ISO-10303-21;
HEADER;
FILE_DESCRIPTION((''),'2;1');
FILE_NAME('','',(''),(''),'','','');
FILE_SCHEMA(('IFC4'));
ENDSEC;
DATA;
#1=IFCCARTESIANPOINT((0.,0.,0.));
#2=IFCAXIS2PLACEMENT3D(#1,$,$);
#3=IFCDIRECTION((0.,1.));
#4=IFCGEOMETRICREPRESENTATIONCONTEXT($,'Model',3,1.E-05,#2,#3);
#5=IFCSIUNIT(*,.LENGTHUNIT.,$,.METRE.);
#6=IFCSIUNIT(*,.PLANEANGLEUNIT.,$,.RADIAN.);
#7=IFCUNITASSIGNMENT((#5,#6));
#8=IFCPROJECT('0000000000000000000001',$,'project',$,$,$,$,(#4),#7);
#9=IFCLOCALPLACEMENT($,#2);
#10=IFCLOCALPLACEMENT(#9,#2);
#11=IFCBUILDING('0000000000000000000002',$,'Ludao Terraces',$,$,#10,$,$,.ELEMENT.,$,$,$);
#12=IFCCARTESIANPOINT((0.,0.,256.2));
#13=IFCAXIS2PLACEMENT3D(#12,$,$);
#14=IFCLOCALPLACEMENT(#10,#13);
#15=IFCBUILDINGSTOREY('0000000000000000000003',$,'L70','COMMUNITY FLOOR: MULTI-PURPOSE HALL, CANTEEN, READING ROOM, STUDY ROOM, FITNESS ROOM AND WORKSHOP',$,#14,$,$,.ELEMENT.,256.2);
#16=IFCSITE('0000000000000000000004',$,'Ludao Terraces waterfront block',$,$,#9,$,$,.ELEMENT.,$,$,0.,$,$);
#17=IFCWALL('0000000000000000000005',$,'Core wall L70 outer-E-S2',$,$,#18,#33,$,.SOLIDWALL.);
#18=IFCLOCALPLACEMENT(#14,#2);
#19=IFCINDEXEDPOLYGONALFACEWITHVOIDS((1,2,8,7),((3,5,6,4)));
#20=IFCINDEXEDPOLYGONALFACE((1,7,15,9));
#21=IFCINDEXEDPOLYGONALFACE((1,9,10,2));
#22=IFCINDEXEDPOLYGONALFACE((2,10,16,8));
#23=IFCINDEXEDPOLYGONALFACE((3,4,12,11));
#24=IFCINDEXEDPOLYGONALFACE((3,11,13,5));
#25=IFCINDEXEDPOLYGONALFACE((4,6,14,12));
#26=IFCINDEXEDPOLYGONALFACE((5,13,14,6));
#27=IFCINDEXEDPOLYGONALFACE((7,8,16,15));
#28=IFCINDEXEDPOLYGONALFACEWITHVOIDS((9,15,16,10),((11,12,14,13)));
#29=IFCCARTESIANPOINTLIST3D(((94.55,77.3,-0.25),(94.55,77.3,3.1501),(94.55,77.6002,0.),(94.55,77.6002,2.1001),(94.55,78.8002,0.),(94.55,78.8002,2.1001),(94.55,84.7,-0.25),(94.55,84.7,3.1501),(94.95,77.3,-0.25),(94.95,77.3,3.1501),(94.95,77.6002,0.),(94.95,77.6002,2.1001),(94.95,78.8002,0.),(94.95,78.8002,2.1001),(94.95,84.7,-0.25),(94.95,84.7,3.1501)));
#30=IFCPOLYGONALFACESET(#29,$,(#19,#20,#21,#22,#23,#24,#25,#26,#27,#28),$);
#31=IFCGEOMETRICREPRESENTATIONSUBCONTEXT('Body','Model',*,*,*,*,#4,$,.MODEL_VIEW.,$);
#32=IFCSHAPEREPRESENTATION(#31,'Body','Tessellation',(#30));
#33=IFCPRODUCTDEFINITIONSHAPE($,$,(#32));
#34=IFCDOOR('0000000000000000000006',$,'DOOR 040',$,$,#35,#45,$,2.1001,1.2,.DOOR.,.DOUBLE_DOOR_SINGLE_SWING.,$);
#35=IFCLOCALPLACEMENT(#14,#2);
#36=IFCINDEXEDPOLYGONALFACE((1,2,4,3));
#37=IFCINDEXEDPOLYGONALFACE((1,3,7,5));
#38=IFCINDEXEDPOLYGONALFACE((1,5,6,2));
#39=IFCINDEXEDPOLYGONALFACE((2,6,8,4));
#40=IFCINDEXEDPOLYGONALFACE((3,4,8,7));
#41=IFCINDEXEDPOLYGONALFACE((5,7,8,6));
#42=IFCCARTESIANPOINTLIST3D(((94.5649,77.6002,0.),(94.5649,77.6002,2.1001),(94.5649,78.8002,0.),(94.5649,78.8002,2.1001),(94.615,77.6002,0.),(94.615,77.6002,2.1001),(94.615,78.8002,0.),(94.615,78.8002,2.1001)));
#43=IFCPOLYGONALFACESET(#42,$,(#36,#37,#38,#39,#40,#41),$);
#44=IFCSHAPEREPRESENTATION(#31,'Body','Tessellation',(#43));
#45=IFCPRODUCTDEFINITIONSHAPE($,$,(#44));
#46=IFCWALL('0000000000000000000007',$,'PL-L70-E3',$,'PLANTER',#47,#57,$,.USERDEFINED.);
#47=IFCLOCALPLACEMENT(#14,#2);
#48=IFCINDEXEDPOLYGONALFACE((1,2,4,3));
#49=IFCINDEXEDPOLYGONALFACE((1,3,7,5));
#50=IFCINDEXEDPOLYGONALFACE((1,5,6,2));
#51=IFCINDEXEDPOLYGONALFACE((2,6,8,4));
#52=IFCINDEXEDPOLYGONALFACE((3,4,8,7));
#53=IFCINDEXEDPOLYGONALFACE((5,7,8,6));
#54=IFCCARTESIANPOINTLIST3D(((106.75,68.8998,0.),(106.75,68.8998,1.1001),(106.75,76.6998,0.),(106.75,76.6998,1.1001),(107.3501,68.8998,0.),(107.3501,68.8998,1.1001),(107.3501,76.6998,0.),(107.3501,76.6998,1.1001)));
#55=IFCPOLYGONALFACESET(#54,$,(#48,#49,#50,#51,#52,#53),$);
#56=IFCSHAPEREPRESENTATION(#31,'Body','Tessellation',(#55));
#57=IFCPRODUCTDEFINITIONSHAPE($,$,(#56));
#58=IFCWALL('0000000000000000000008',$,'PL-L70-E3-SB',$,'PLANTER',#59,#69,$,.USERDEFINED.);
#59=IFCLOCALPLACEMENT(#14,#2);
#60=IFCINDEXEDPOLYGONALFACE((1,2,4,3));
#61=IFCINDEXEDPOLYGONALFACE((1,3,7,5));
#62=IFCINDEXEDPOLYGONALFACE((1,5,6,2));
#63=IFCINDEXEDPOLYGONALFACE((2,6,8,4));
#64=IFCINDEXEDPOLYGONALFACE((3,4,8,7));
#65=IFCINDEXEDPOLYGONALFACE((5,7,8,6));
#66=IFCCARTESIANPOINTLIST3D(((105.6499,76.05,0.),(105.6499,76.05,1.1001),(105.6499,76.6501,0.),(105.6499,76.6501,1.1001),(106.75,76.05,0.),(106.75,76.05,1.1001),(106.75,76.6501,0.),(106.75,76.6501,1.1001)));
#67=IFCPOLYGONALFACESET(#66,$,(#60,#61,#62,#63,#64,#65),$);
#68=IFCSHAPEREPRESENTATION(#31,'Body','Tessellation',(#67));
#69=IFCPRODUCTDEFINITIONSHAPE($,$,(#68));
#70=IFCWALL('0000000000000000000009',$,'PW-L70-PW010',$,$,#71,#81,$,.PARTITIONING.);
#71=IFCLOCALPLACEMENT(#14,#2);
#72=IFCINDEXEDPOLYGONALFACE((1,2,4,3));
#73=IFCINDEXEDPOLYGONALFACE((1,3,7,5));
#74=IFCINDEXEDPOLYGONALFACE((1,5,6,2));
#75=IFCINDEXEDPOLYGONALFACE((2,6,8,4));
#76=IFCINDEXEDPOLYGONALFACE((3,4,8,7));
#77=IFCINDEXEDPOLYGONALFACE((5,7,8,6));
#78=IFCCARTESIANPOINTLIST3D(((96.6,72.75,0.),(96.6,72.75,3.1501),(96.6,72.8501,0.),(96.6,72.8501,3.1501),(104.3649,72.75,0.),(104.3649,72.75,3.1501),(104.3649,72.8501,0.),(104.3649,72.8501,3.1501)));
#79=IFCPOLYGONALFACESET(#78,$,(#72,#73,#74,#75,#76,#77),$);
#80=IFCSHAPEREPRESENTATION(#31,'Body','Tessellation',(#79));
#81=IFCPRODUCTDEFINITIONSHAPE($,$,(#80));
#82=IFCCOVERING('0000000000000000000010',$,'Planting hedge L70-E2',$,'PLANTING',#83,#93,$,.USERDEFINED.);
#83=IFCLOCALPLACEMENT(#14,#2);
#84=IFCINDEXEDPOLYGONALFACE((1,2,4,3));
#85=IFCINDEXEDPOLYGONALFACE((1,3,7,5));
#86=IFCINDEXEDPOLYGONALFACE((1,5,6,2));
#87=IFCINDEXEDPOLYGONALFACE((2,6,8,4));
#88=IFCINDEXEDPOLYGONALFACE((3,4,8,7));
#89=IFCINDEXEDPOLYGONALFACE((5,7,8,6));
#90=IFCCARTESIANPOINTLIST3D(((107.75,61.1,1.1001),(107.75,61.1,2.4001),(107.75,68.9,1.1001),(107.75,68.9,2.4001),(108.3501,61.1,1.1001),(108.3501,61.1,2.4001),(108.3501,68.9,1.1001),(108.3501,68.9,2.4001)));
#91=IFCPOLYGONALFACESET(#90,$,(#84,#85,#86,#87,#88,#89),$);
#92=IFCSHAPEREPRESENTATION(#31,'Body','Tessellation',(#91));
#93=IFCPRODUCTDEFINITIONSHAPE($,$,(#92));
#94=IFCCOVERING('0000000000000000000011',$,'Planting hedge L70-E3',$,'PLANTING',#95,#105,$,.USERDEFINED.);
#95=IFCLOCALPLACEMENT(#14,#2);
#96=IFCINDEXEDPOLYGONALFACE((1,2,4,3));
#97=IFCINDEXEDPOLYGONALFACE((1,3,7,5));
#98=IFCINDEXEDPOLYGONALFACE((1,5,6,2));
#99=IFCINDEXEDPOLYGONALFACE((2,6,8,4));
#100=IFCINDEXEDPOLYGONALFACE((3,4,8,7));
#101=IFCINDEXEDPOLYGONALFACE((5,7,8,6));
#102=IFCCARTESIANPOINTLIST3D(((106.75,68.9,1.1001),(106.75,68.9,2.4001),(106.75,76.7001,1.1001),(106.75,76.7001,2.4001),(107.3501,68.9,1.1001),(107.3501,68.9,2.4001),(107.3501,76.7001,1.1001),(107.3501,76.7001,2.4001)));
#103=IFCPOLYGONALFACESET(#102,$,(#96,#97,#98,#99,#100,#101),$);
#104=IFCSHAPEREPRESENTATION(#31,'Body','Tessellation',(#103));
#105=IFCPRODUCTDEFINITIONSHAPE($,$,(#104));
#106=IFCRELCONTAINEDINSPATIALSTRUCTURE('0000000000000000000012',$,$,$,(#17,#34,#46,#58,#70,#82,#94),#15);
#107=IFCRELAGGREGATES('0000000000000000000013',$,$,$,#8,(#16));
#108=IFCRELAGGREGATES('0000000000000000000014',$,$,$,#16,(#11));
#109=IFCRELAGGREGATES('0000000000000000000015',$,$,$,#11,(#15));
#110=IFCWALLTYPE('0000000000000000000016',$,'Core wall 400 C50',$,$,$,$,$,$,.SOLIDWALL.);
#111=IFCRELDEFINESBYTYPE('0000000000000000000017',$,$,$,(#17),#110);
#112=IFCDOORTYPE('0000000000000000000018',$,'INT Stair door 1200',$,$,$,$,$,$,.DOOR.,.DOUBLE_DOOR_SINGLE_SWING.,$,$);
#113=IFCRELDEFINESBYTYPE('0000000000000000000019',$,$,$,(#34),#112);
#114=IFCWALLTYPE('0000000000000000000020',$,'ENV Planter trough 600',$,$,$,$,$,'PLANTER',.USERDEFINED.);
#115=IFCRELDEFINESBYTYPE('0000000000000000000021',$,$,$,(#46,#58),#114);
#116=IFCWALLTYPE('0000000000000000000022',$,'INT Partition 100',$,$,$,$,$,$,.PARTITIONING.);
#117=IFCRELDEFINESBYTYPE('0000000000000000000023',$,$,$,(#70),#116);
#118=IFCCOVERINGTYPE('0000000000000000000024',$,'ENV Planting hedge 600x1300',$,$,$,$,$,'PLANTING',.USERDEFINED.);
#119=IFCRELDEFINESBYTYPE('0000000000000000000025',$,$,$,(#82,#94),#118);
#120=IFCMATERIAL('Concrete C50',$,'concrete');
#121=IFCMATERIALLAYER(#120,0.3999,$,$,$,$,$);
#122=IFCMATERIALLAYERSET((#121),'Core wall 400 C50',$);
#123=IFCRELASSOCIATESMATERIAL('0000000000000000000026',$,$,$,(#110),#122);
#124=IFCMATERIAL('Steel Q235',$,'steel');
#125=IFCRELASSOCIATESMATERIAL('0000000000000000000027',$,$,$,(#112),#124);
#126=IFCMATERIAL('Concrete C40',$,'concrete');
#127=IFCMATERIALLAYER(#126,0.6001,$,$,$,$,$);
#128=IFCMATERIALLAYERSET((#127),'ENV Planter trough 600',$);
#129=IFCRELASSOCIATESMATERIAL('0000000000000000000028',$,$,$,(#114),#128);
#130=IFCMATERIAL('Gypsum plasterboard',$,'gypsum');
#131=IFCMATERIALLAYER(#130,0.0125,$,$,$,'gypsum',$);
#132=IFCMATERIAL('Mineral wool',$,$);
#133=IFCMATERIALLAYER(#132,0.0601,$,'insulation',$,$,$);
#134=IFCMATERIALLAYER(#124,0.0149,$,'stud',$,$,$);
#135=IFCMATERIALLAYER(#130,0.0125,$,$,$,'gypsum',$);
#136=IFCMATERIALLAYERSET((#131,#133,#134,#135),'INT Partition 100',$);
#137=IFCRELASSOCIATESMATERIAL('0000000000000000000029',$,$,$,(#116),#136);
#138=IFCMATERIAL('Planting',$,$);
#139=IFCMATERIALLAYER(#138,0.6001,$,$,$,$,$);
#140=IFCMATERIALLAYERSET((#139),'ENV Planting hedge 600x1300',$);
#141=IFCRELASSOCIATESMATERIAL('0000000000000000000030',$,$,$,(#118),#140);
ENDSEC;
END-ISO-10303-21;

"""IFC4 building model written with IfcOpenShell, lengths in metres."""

from ifc_helpers import new_model, si_unit, direction, frame, frame_2d, origin, origin_2d, place, context, subcontext, project, spatial, rectangle, extrude, material, layer, layer_set, type_object, element, fill, save


model = new_model("IFC4")

# Units and contexts
model_context = context("Model", 3, precision=1e-05, world=origin(), true_north=direction((0.0, 1.0)))
body_context = subcontext(model_context, "Body", "Model", "MODEL_VIEW")
ifc_project = project(units=[si_unit("LENGTHUNIT", "METRE"), si_unit("PLANEANGLEUNIT", "RADIAN")], contexts=[model_context])

# Site, building, storey
site_placement = place(None, origin())
site = spatial("IfcSite", under=ifc_project, at=site_placement, Name="Ludao Terraces waterfront block", CompositionType="ELEMENT", RefElevation=0.0)
building_placement = place(site_placement, origin())
building = spatial("IfcBuilding", under=site, at=building_placement, Name="Ludao Terraces", CompositionType="ELEMENT")
storey_placement = place(building_placement, frame((0.0, 0.0, 256.2)))
storey = spatial("IfcBuildingStorey", under=building, at=storey_placement, Name="L70", Description="COMMUNITY FLOOR: MULTI-PURPOSE HALL, CANTEEN, READING ROOM, STUDY ROOM, FITNESS ROOM AND WORKSHOP", CompositionType="ELEMENT", Elevation=256.2)

# Shared definitions
ifc_material_1 = material(Name="Concrete C40", Category="concrete")

# Wall, opening, door
ifc_material_2 = material(Name="Concrete C50", Category="concrete")
ifc_layer_1 = layer(ifc_material_2, 0.3999)
ifc_layer_set_1 = layer_set([ifc_layer_1], Name="Core wall 400 C50")
wall_type_1 = type_object("IfcWallType", Name="Core wall 400 C50", PredefinedType="SOLIDWALL", material=ifc_layer_set_1)
wall_1_placement = place(storey_placement, frame((94.75, 77.3, -0.25), z_axis=(0.0, 0.0, 1.0), x_axis=(0.0, 1.0, 0.0)))
wall_1 = element("IfcWall", 1, at=wall_1_placement, inside=storey, type_object=wall_type_1, Name="Core wall L70 outer-E-S2", PredefinedType="SOLIDWALL", context=body_context, shape_type="SweptSolid", body=[
    extrude(rectangle(XDim=7.3999, YDim=0.3999, at=frame_2d((3.7, 0.0))), origin(), (0.0, 0.0, 1.0), 3.4001),
])
opening_1_placement = place(wall_1_placement, frame((0.3, 0.0, 0.25)))
opening_1 = element("IfcOpeningElement", 2, at=opening_1_placement, cuts=wall_1, PredefinedType="OPENING", context=body_context, shape_type="SweptSolid", body=[
    extrude(rectangle(XDim=1.2, YDim=2.1001, at=frame_2d((0.6001, 1.05))), frame((0.0, 0.21, 0.0), z_axis=(0.0, -1.0, 0.0), x_axis=(1.0, 0.0, 0.0)), (0.0, 0.0, 1.0), 0.4199),
])
ifc_material_3 = material(Name="Steel Q235", Category="steel")
door_type_1 = type_object("IfcDoorType", Name="INT Stair door 1200", OperationType="DOUBLE_DOOR_SINGLE_SWING", PredefinedType="DOOR", material=ifc_material_3)
door_1_placement = place(opening_1_placement, origin())
door_1 = element("IfcDoor", 3, at=door_1_placement, inside=storey, type_object=door_type_1, Name="DOOR 040", OperationType="DOUBLE_DOOR_SINGLE_SWING", OverallHeight=2.1001, OverallWidth=1.2, PredefinedType="DOOR", context=body_context, shape_type="SweptSolid", body=[
    extrude(rectangle(XDim=1.2, YDim=2.1001, at=frame_2d((0.6001, 1.05))), frame((0.0, 0.1851, 0.0), z_axis=(0.0, -1.0, 0.0), x_axis=(1.0, 0.0, 0.0)), (0.0, 0.0, 1.0), 0.05),
])
fill(opening_1, door_1)

# Walls
ifc_layer_2 = layer(ifc_material_1, 0.6001)
ifc_layer_set_2 = layer_set([ifc_layer_2], Name="ENV Planter trough 600")
wall_type_2 = type_object("IfcWallType", Name="ENV Planter trough 600", ElementType="PLANTER", PredefinedType="USERDEFINED", material=ifc_layer_set_2)
wall_2_placement = place(storey_placement, frame((107.05, 68.8999, 0.0), z_axis=(0.0, 0.0, 1.0), x_axis=(0.0, 1.0, 0.0)))
element("IfcWall", 4, at=wall_2_placement, inside=storey, type_object=wall_type_2, Name="PL-L70-E3", ObjectType="PLANTER", PredefinedType="USERDEFINED", context=body_context, shape_type="SweptSolid", body=[
    extrude(rectangle(XDim=7.8, YDim=0.6001, at=frame_2d((3.8999, 0.0))), origin(), (0.0, 0.0, 1.0), 1.1001),
])
wall_3_placement = place(storey_placement, frame((106.75, 76.3501, 0.0), z_axis=(0.0, 0.0, 1.0), x_axis=(-1.0, 0.0, 0.0)))
element("IfcWall", 5, at=wall_3_placement, inside=storey, type_object=wall_type_2, Name="PL-L70-E3-SB", ObjectType="PLANTER", PredefinedType="USERDEFINED", context=body_context, shape_type="SweptSolid", body=[
    extrude(rectangle(XDim=1.1001, YDim=0.6001, at=frame_2d((0.55, 0.0))), origin(), (0.0, 0.0, 1.0), 1.1001),
])

# Shared definitions
ifc_material_4 = material(Name="Mineral wool")

# Wall
ifc_material_5 = material(Name="Gypsum plasterboard", Category="gypsum")
ifc_layer_3 = layer(ifc_material_5, 0.0125, Category="gypsum")
ifc_layer_4 = layer(ifc_material_4, 0.0601, Name="insulation")
ifc_layer_5 = layer(ifc_material_3, 0.0149, Name="stud")
ifc_layer_6 = layer(ifc_material_5, 0.0125, Category="gypsum")
ifc_layer_set_3 = layer_set([ifc_layer_3, ifc_layer_4, ifc_layer_5, ifc_layer_6], Name="INT Partition 100")
wall_type_3 = type_object("IfcWallType", Name="INT Partition 100", PredefinedType="PARTITIONING", material=ifc_layer_set_3)
wall_4_placement = place(storey_placement, frame((96.6001, 72.8, 0.0), z_axis=(0.0, 0.0, 1.0), x_axis=(1.0, 0.0, 0.0)))
element("IfcWall", 6, at=wall_4_placement, inside=storey, type_object=wall_type_3, Name="PW-L70-PW010", PredefinedType="PARTITIONING", context=body_context, shape_type="SweptSolid", body=[
    extrude(rectangle(XDim=7.7649, YDim=0.1001, at=frame_2d((3.8823, 0.0))), origin(), (0.0, 0.0, 1.0), 3.1501),
])

# Coverings
ifc_material_6 = material(Name="Planting")
ifc_layer_7 = layer(ifc_material_6, 0.6001)
ifc_layer_set_4 = layer_set([ifc_layer_7], Name="ENV Planting hedge 600x1300")
covering_type = type_object("IfcCoveringType", Name="ENV Planting hedge 600x1300", ElementType="PLANTING", PredefinedType="USERDEFINED", material=ifc_layer_set_4)
for number, where, z_axis, x_axis, name in (
    (7, (108.05, 65.0, 1.1001), (0.0, 0.0, 1.0), (1.0, 0.0, 0.0), "Planting hedge L70-E2"),
    (8, (107.05, 72.8, 1.1001), (0.0, 0.0, 1.0), (1.0, 0.0, 0.0), "Planting hedge L70-E3"),
):
    element("IfcCovering", number, at=place(storey_placement, frame(where, z_axis=z_axis, x_axis=x_axis)), inside=storey, type_object=covering_type, Name=name, ObjectType="PLANTING", PredefinedType="USERDEFINED", context=body_context, shape_type="SweptSolid", body=[
        extrude(rectangle(XDim=0.6001, YDim=7.8, at=origin_2d()), origin(), (0.0, 0.0, 1.0), 1.3),
    ])

save(model, "model.ifc")
